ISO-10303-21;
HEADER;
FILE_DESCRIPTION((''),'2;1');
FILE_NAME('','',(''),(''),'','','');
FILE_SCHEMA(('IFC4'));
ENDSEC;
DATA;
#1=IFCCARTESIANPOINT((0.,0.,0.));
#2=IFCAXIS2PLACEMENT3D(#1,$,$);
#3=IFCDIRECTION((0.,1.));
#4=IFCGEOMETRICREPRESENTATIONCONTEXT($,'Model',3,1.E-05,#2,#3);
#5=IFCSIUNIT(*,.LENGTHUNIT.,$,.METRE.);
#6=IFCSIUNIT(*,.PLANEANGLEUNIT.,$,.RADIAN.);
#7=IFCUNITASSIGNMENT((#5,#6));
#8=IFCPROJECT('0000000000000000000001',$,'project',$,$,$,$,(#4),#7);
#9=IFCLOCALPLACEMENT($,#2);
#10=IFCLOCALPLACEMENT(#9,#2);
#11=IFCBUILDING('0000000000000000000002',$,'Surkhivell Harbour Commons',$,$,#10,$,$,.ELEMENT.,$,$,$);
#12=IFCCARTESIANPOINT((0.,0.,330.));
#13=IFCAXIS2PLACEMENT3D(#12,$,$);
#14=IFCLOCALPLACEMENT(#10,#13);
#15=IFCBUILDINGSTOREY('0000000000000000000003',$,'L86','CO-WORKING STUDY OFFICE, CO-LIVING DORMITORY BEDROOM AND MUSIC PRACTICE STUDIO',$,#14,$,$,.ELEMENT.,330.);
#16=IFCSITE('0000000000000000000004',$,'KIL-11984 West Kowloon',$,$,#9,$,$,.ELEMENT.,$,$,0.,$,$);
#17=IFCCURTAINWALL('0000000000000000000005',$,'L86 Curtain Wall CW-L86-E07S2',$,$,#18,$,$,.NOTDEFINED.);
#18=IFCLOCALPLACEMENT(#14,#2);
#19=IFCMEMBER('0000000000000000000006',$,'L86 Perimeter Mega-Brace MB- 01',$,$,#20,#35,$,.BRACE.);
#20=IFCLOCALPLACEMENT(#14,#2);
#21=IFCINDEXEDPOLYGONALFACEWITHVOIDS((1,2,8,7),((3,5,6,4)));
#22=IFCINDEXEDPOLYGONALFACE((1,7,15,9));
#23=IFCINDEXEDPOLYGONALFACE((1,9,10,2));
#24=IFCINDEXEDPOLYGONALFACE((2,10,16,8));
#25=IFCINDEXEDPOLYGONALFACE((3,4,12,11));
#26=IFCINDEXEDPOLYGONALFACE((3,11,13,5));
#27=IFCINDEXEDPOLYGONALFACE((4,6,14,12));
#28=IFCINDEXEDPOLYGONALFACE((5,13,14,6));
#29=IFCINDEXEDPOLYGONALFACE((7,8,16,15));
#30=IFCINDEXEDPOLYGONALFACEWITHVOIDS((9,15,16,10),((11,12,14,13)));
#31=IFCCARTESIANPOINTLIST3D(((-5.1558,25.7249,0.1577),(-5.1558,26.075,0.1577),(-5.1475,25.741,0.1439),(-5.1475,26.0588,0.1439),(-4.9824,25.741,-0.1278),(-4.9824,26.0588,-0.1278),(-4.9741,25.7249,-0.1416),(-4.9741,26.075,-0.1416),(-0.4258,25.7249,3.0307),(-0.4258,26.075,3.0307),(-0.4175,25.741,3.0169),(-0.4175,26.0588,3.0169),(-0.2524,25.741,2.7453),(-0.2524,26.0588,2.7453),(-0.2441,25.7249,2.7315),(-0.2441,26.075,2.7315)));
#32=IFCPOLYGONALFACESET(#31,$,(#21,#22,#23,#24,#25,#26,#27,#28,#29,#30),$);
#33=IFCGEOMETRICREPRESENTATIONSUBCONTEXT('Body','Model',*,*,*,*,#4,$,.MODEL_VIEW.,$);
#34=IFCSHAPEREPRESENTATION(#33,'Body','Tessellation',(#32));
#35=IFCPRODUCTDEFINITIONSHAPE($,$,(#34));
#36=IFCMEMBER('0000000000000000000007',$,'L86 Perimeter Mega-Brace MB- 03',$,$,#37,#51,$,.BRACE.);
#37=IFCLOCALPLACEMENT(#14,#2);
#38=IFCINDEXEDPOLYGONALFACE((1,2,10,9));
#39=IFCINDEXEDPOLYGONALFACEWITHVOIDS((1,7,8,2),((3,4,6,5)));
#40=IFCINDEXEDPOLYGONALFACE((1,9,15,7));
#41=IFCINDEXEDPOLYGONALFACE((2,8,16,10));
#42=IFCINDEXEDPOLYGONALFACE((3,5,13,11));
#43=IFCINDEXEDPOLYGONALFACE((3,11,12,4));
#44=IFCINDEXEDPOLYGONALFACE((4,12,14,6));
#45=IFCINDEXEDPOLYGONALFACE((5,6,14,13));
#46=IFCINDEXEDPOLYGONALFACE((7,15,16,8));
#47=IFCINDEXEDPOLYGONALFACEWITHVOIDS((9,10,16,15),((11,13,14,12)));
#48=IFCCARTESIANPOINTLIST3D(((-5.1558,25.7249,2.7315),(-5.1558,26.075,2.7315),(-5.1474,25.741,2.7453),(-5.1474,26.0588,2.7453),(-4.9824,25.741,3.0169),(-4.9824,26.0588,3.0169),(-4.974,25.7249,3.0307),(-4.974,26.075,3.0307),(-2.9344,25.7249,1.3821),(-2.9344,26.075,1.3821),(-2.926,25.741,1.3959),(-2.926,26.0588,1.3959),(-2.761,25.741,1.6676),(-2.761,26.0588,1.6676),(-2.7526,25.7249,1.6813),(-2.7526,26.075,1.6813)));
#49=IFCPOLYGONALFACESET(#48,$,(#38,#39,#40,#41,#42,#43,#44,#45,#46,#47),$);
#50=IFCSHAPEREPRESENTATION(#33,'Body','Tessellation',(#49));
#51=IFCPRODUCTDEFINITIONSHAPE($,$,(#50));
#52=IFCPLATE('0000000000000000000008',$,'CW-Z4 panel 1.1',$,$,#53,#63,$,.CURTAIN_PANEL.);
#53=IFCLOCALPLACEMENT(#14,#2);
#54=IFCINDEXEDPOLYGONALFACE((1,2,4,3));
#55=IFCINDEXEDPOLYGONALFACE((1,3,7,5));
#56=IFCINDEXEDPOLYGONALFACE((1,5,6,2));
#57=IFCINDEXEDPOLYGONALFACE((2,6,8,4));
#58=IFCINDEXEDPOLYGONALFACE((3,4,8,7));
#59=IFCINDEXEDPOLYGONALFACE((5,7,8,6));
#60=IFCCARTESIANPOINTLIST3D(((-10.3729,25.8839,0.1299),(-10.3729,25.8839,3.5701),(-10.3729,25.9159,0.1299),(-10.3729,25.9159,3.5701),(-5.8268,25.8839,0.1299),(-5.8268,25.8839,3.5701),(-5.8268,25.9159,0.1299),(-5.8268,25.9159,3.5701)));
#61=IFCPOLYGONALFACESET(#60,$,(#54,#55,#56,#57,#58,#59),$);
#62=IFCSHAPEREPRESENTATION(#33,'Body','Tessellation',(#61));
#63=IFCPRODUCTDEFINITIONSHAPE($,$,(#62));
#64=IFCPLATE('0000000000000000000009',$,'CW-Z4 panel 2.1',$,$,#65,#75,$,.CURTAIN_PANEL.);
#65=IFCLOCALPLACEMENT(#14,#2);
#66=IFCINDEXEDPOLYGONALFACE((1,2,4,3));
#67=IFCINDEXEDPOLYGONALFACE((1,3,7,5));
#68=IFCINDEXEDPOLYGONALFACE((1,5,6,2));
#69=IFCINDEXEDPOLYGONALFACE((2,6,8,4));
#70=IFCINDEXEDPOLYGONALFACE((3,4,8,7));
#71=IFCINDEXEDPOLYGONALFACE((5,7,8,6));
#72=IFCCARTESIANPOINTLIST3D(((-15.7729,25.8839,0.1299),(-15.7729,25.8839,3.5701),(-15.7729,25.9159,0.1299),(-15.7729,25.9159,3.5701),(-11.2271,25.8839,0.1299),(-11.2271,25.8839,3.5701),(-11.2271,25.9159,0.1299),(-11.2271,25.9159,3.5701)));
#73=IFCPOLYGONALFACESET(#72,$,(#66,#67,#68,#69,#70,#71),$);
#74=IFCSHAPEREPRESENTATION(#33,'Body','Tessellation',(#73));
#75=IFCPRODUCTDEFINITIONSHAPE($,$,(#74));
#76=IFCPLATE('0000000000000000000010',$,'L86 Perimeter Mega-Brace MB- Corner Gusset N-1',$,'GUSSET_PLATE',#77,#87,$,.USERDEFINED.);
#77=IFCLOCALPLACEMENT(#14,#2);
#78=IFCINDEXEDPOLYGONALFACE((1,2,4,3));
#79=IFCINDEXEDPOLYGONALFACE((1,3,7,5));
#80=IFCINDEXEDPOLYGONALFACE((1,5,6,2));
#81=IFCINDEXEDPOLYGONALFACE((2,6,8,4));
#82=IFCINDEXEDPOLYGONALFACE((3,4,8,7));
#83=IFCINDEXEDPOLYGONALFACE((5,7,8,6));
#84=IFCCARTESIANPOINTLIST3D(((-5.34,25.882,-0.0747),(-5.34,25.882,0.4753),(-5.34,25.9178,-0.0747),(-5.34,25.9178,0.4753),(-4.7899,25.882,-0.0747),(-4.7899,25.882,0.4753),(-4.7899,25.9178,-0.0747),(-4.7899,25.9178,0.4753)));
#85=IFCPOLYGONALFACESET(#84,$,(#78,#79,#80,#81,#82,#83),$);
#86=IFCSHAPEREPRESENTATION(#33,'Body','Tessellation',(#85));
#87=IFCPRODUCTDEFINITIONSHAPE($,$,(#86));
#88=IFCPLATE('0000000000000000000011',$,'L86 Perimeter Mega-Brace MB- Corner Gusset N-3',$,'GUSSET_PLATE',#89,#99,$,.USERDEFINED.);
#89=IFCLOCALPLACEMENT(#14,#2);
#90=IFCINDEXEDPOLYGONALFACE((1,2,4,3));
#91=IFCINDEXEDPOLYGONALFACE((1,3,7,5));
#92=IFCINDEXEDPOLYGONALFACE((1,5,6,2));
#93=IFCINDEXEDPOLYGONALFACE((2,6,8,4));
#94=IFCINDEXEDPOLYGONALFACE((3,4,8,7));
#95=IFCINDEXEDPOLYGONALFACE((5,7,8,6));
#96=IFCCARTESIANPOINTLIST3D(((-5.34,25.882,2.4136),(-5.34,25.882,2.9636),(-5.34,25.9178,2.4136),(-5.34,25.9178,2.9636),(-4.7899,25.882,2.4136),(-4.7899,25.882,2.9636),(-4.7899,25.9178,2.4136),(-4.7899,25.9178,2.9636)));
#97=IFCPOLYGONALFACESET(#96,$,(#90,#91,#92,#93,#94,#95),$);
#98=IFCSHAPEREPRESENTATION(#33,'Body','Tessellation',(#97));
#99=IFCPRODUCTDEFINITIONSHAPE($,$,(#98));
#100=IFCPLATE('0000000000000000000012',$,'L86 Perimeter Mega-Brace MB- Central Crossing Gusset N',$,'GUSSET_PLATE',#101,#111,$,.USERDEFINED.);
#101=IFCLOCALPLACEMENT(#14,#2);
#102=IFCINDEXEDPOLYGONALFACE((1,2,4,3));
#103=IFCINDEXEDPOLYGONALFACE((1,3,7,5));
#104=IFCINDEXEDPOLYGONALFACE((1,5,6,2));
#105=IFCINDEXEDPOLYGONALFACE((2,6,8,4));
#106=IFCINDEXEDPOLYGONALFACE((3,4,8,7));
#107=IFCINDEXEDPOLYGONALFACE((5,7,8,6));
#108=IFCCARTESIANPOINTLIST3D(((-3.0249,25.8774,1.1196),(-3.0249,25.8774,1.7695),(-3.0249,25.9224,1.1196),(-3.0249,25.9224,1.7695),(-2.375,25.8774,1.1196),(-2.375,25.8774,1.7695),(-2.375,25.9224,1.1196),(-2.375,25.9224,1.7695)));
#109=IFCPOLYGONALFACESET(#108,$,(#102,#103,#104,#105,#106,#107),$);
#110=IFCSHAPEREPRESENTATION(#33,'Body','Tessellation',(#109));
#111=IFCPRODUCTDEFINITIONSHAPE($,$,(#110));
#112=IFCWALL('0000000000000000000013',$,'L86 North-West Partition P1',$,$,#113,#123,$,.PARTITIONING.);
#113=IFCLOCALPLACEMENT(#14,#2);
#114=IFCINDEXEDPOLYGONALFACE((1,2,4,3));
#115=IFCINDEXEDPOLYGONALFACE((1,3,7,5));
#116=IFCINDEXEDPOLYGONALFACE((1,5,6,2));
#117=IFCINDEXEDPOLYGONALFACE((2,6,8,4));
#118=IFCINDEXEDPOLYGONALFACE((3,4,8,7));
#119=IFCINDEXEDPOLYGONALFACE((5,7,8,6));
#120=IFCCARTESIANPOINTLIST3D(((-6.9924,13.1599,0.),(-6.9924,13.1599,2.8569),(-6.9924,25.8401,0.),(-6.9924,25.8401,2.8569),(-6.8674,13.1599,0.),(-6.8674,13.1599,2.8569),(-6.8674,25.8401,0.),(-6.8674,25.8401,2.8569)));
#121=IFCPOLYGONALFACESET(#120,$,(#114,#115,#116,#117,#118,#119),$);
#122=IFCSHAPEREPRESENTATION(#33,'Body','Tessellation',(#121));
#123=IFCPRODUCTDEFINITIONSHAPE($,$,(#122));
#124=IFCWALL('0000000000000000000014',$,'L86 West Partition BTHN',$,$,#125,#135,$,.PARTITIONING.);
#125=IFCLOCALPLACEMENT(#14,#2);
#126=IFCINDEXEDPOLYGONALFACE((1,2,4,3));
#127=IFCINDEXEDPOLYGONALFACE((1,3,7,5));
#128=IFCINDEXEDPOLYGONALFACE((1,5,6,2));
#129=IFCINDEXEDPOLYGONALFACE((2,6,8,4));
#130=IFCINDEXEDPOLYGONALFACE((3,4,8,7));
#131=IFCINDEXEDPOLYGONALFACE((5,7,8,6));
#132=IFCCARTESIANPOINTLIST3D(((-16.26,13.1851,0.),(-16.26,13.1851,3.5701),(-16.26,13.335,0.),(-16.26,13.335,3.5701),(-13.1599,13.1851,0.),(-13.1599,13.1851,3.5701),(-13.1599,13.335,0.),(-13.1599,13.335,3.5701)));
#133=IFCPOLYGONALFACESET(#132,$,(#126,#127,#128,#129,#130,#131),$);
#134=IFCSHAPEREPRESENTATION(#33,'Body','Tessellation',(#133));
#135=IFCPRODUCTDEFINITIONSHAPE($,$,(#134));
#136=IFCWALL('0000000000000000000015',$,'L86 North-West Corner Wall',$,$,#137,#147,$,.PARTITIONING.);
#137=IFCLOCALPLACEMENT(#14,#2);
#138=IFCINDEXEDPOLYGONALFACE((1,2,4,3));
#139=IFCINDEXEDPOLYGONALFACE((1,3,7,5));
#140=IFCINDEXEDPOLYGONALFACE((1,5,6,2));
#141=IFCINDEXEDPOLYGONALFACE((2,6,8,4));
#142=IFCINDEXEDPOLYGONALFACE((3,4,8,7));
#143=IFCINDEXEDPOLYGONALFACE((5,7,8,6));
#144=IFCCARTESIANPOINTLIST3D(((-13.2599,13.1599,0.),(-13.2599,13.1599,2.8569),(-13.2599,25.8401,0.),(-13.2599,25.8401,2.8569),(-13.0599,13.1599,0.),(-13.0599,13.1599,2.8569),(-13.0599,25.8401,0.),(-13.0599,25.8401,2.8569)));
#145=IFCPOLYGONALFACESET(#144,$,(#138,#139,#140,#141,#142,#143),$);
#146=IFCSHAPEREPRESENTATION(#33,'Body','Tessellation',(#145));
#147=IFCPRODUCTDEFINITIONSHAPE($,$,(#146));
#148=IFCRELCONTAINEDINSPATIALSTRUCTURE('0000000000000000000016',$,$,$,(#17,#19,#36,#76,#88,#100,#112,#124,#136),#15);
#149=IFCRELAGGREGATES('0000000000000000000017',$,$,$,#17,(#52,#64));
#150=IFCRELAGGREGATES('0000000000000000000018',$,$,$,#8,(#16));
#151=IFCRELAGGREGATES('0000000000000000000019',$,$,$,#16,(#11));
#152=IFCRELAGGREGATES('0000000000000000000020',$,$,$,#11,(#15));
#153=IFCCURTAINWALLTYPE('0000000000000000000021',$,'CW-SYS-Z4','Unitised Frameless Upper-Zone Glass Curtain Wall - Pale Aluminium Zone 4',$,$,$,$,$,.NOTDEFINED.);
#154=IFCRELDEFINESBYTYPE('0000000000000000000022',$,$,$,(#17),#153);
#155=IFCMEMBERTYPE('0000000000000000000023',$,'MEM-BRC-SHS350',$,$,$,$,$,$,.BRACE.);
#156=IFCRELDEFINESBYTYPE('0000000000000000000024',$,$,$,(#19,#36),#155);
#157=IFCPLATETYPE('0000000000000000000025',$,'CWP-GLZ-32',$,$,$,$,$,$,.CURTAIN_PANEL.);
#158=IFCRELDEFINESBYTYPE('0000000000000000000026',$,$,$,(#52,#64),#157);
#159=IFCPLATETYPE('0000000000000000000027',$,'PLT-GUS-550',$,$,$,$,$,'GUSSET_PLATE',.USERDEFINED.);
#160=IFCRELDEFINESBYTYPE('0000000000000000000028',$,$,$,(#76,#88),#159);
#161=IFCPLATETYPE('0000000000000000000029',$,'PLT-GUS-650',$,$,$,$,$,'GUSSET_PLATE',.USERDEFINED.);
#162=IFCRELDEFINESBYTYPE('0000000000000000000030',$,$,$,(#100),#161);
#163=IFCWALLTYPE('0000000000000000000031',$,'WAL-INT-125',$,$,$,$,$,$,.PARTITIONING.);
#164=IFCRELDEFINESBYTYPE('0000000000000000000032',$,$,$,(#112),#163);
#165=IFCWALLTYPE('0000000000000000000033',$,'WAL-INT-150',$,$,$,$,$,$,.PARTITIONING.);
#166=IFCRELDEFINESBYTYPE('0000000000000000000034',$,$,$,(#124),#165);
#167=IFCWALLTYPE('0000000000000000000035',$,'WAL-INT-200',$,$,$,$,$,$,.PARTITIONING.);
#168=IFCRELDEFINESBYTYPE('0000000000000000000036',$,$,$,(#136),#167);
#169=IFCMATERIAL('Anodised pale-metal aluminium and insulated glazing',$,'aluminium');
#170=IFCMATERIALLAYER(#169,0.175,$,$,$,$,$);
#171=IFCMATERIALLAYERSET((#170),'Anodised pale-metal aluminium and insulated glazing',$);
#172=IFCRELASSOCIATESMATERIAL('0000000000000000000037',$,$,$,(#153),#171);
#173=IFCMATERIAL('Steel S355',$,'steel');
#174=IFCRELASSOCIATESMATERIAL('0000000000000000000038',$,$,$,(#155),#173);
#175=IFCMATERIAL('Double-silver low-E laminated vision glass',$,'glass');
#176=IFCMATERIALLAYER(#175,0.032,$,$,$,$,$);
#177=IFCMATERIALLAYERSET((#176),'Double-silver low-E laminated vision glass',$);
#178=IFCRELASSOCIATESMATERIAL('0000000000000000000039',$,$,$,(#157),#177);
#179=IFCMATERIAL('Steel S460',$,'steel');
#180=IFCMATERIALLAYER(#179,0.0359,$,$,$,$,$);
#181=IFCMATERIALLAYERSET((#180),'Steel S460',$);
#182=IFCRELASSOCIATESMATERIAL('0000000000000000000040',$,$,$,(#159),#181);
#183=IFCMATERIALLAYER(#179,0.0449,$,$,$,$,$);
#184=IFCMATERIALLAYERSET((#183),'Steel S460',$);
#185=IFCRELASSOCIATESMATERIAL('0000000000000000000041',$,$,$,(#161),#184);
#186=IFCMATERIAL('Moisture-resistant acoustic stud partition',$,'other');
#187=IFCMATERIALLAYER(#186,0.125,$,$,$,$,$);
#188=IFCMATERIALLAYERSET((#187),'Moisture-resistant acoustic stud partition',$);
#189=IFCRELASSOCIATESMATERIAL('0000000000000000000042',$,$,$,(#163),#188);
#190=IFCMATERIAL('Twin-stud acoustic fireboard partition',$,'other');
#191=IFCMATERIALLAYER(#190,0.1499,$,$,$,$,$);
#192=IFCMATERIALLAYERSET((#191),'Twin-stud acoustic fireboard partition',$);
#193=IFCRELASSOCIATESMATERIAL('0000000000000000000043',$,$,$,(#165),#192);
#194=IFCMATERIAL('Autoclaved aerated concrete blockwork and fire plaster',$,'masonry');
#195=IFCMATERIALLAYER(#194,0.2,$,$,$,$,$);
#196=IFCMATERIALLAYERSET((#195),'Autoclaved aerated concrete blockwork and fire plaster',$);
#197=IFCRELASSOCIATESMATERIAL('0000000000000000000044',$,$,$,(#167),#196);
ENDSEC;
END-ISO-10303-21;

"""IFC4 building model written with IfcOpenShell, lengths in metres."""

from ifc_helpers import new_model, si_unit, direction, frame, frame_2d, origin, origin_2d, place, context, subcontext, project, spatial, rectangle, hollow_rectangle, extrude, material, layer, layer_set, material_profile, profile_set, type_object, element, aggregate, save


model = new_model("IFC4")

# Units and contexts
model_context = context("Model", 3, precision=1e-05, world=origin(), true_north=direction((0.0, 1.0)))
body_context = subcontext(model_context, "Body", "Model", "MODEL_VIEW")
ifc_project = project(units=[si_unit("LENGTHUNIT", "METRE"), si_unit("PLANEANGLEUNIT", "RADIAN")], contexts=[model_context])

# Site, building, storey
site_placement = place(None, origin())
site = spatial("IfcSite", under=ifc_project, at=site_placement, Name="KIL-11984 West Kowloon", CompositionType="ELEMENT", RefElevation=0.0)
building_placement = place(site_placement, origin())
building = spatial("IfcBuilding", under=site, at=building_placement, Name="Surkhivell Harbour Commons", CompositionType="ELEMENT")
storey_placement = place(building_placement, frame((0.0, 0.0, 330.0)))
storey = spatial("IfcBuildingStorey", under=building, at=storey_placement, Name="L86", Description="CO-WORKING STUDY OFFICE, CO-LIVING DORMITORY BEDROOM AND MUSIC PRACTICE STUDIO", CompositionType="ELEMENT", Elevation=330.0)

# Shared definitions
ifc_material_1 = material(Name="Steel S355", Category="steel")

# Curtain wall
ifc_material_2 = material(Name="Anodised pale-metal aluminium and insulated glazing", Category="aluminium")
ifc_layer_1 = layer(ifc_material_2, 0.175)
ifc_layer_set_1 = layer_set([ifc_layer_1], Name="Anodised pale-metal aluminium and insulated glazing")
curtain_wall_type = type_object("IfcCurtainWallType", Name="CW-SYS-Z4", Description="Unitised Frameless Upper-Zone Glass Curtain Wall - Pale Aluminium Zone 4", PredefinedType="NOTDEFINED", material=ifc_layer_set_1)
curtain_wall_placement = place(storey_placement, origin())
curtain_wall = element("IfcCurtainWall", 1, at=curtain_wall_placement, inside=storey, type_object=curtain_wall_type, Name="L86 Curtain Wall CW-L86-E07S2", PredefinedType="NOTDEFINED")

# Members
ifc_material_profile_1 = material_profile(ifc_material_1, hollow_rectangle(XDim=0.3501, YDim=0.3501, WallThickness=0.0161, at=origin_2d()), Name="SHS350x350x16")
ifc_profile_set_1 = profile_set([ifc_material_profile_1], Name="Steel S355")
member_type_1 = type_object("IfcMemberType", Name="MEM-BRC-SHS350", PredefinedType="BRACE", material=ifc_profile_set_1)
member_1_placement = place(storey_placement, frame((-5.0649, 25.8999, 0.0081), z_axis=(0.854685, 0.0, 0.519146), x_axis=(0.0, 1.0, 0.0)))
element("IfcMember", 2, at=member_1_placement, inside=storey, type_object=member_type_1, Name="L86 Perimeter Mega-Brace MB- 01", PredefinedType="BRACE", context=body_context, shape_type="SweptSolid", body=[
    extrude(hollow_rectangle(XDim=0.3501, YDim=0.3501, WallThickness=0.0161, at=origin_2d()), origin(), (0.0, 0.0, 1.0), 5.5342),
])
member_2_placement = place(storey_placement, frame((-2.8435, 25.8999, 1.5317), z_axis=(-0.854679, 0.0, 0.519157), x_axis=(0.0, -1.0, 0.0)))
element("IfcMember", 3, at=member_2_placement, inside=storey, type_object=member_type_1, Name="L86 Perimeter Mega-Brace MB- 03", PredefinedType="BRACE", context=body_context, shape_type="SweptSolid", body=[
    extrude(hollow_rectangle(XDim=0.3501, YDim=0.3501, WallThickness=0.0161, at=origin_2d()), origin(), (0.0, 0.0, 1.0), 2.5991),
])

# Plates
ifc_material_3 = material(Name="Double-silver low-E laminated vision glass", Category="glass")
ifc_layer_2 = layer(ifc_material_3, 0.032)
ifc_layer_set_2 = layer_set([ifc_layer_2], Name="Double-silver low-E laminated vision glass")
plate_type_1 = type_object("IfcPlateType", Name="CWP-GLZ-32", PredefinedType="CURTAIN_PANEL", material=ifc_layer_set_2)
plate_1_placement = place(storey_placement, frame((-5.8269, 25.8999, 0.1299), z_axis=(0.0, 0.0, 1.0), x_axis=(-1.0, 0.0, 0.0)))
plate_1 = element("IfcPlate", 4, at=plate_1_placement, type_object=plate_type_1, Name="CW-Z4 panel 1.1", PredefinedType="CURTAIN_PANEL", context=body_context, shape_type="SweptSolid", body=[
    extrude(rectangle(XDim=4.5461, YDim=0.032, at=frame_2d((2.2729, 0.0))), origin(), (0.0, 0.0, 1.0), 3.4402),
])
plate_2_placement = place(storey_placement, frame((-11.2271, 25.8999, 0.1299), z_axis=(0.0, 0.0, 1.0), x_axis=(-1.0, 0.0, 0.0)))
plate_2 = element("IfcPlate", 5, at=plate_2_placement, type_object=plate_type_1, Name="CW-Z4 panel 2.1", PredefinedType="CURTAIN_PANEL", context=body_context, shape_type="SweptSolid", body=[
    extrude(rectangle(XDim=4.5459, YDim=0.032, at=frame_2d((2.2729, 0.0))), origin(), (0.0, 0.0, 1.0), 3.4402),
])
aggregate(curtain_wall, [plate_1, plate_2])

# Plates
ifc_material_4 = material(Name="Steel S460", Category="steel")
ifc_layer_3 = layer(ifc_material_4, 0.0359)
ifc_layer_set_3 = layer_set([ifc_layer_3], Name="Steel S460")
plate_type_2 = type_object("IfcPlateType", Name="PLT-GUS-550", ElementType="GUSSET_PLATE", PredefinedType="USERDEFINED", material=ifc_layer_set_3)
for number, where, z_axis, x_axis, name in (
    (6, (-5.0649, 25.8999, -0.0747), (0.0, 0.0, 1.0), (1.0, 0.0, 0.0), "L86 Perimeter Mega-Brace MB- Corner Gusset N-1"),
    (7, (-5.0649, 25.8999, 2.4136), (0.0, 0.0, 1.0), (1.0, 0.0, 0.0), "L86 Perimeter Mega-Brace MB- Corner Gusset N-3"),
):
    element("IfcPlate", number, at=place(storey_placement, frame(where, z_axis=z_axis, x_axis=x_axis)), inside=storey, type_object=plate_type_2, Name=name, ObjectType="GUSSET_PLATE", PredefinedType="USERDEFINED", context=body_context, shape_type="SweptSolid", body=[
        extrude(rectangle(XDim=0.55, YDim=0.0359, at=origin_2d()), origin(), (0.0, 0.0, 1.0), 0.55),
    ])
ifc_layer_4 = layer(ifc_material_4, 0.0449)
ifc_layer_set_4 = layer_set([ifc_layer_4], Name="Steel S460")
plate_type_3 = type_object("IfcPlateType", Name="PLT-GUS-650", ElementType="GUSSET_PLATE", PredefinedType="USERDEFINED", material=ifc_layer_set_4)
plate_3_placement = place(storey_placement, frame((-2.7, 25.8999, 1.1196), z_axis=(0.0, 0.0, 1.0), x_axis=(1.0, 0.0, 0.0)))
element("IfcPlate", 8, at=plate_3_placement, inside=storey, type_object=plate_type_3, Name="L86 Perimeter Mega-Brace MB- Central Crossing Gusset N", ObjectType="GUSSET_PLATE", PredefinedType="USERDEFINED", context=body_context, shape_type="SweptSolid", body=[
    extrude(rectangle(XDim=0.6499, YDim=0.0449, at=origin_2d()), origin(), (0.0, 0.0, 1.0), 0.6499),
])

# Walls
ifc_material_5 = material(Name="Moisture-resistant acoustic stud partition", Category="other")
ifc_layer_5 = layer(ifc_material_5, 0.125)
ifc_layer_set_5 = layer_set([ifc_layer_5], Name="Moisture-resistant acoustic stud partition")
wall_type_1 = type_object("IfcWallType", Name="WAL-INT-125", PredefinedType="PARTITIONING", material=ifc_layer_set_5)
wall_1_placement = place(storey_placement, frame((-6.9299, 13.1599, 0.0), z_axis=(0.0, 0.0, 1.0), x_axis=(0.0, 1.0, 0.0)))
element("IfcWall", 9, at=wall_1_placement, inside=storey, type_object=wall_type_1, Name="L86 North-West Partition P1", PredefinedType="PARTITIONING", context=body_context, shape_type="SweptSolid", body=[
    extrude(rectangle(XDim=12.6802, YDim=0.125, at=frame_2d((6.3401, 0.0))), origin(), (0.0, 0.0, 1.0), 2.8569),
])
ifc_material_6 = material(Name="Twin-stud acoustic fireboard partition", Category="other")
ifc_layer_6 = layer(ifc_material_6, 0.1499)
ifc_layer_set_6 = layer_set([ifc_layer_6], Name="Twin-stud acoustic fireboard partition")
wall_type_2 = type_object("IfcWallType", Name="WAL-INT-150", PredefinedType="PARTITIONING", material=ifc_layer_set_6)
wall_2_placement = place(storey_placement, frame((-16.26, 13.26, 0.0), z_axis=(0.0, 0.0, 1.0), x_axis=(1.0, 0.0, 0.0)))
element("IfcWall", 10, at=wall_2_placement, inside=storey, type_object=wall_type_2, Name="L86 West Partition BTHN", PredefinedType="PARTITIONING", context=body_context, shape_type="SweptSolid", body=[
    extrude(rectangle(XDim=3.1001, YDim=0.1499, at=frame_2d((1.55, 0.0))), origin(), (0.0, 0.0, 1.0), 3.5701),
])
ifc_material_7 = material(Name="Autoclaved aerated concrete blockwork and fire plaster", Category="masonry")
ifc_layer_7 = layer(ifc_material_7, 0.2)
ifc_layer_set_7 = layer_set([ifc_layer_7], Name="Autoclaved aerated concrete blockwork and fire plaster")
wall_type_3 = type_object("IfcWallType", Name="WAL-INT-200", PredefinedType="PARTITIONING", material=ifc_layer_set_7)
wall_3_placement = place(storey_placement, frame((-13.1599, 13.1599, 0.0), z_axis=(0.0, 0.0, 1.0), x_axis=(0.0, 1.0, 0.0)))
element("IfcWall", 11, at=wall_3_placement, inside=storey, type_object=wall_type_3, Name="L86 North-West Corner Wall", PredefinedType="PARTITIONING", context=body_context, shape_type="SweptSolid", body=[
    extrude(rectangle(XDim=12.6802, YDim=0.2, at=frame_2d((6.3401, 0.0))), origin(), (0.0, 0.0, 1.0), 2.8569),
])

save(model, "model.ifc")
